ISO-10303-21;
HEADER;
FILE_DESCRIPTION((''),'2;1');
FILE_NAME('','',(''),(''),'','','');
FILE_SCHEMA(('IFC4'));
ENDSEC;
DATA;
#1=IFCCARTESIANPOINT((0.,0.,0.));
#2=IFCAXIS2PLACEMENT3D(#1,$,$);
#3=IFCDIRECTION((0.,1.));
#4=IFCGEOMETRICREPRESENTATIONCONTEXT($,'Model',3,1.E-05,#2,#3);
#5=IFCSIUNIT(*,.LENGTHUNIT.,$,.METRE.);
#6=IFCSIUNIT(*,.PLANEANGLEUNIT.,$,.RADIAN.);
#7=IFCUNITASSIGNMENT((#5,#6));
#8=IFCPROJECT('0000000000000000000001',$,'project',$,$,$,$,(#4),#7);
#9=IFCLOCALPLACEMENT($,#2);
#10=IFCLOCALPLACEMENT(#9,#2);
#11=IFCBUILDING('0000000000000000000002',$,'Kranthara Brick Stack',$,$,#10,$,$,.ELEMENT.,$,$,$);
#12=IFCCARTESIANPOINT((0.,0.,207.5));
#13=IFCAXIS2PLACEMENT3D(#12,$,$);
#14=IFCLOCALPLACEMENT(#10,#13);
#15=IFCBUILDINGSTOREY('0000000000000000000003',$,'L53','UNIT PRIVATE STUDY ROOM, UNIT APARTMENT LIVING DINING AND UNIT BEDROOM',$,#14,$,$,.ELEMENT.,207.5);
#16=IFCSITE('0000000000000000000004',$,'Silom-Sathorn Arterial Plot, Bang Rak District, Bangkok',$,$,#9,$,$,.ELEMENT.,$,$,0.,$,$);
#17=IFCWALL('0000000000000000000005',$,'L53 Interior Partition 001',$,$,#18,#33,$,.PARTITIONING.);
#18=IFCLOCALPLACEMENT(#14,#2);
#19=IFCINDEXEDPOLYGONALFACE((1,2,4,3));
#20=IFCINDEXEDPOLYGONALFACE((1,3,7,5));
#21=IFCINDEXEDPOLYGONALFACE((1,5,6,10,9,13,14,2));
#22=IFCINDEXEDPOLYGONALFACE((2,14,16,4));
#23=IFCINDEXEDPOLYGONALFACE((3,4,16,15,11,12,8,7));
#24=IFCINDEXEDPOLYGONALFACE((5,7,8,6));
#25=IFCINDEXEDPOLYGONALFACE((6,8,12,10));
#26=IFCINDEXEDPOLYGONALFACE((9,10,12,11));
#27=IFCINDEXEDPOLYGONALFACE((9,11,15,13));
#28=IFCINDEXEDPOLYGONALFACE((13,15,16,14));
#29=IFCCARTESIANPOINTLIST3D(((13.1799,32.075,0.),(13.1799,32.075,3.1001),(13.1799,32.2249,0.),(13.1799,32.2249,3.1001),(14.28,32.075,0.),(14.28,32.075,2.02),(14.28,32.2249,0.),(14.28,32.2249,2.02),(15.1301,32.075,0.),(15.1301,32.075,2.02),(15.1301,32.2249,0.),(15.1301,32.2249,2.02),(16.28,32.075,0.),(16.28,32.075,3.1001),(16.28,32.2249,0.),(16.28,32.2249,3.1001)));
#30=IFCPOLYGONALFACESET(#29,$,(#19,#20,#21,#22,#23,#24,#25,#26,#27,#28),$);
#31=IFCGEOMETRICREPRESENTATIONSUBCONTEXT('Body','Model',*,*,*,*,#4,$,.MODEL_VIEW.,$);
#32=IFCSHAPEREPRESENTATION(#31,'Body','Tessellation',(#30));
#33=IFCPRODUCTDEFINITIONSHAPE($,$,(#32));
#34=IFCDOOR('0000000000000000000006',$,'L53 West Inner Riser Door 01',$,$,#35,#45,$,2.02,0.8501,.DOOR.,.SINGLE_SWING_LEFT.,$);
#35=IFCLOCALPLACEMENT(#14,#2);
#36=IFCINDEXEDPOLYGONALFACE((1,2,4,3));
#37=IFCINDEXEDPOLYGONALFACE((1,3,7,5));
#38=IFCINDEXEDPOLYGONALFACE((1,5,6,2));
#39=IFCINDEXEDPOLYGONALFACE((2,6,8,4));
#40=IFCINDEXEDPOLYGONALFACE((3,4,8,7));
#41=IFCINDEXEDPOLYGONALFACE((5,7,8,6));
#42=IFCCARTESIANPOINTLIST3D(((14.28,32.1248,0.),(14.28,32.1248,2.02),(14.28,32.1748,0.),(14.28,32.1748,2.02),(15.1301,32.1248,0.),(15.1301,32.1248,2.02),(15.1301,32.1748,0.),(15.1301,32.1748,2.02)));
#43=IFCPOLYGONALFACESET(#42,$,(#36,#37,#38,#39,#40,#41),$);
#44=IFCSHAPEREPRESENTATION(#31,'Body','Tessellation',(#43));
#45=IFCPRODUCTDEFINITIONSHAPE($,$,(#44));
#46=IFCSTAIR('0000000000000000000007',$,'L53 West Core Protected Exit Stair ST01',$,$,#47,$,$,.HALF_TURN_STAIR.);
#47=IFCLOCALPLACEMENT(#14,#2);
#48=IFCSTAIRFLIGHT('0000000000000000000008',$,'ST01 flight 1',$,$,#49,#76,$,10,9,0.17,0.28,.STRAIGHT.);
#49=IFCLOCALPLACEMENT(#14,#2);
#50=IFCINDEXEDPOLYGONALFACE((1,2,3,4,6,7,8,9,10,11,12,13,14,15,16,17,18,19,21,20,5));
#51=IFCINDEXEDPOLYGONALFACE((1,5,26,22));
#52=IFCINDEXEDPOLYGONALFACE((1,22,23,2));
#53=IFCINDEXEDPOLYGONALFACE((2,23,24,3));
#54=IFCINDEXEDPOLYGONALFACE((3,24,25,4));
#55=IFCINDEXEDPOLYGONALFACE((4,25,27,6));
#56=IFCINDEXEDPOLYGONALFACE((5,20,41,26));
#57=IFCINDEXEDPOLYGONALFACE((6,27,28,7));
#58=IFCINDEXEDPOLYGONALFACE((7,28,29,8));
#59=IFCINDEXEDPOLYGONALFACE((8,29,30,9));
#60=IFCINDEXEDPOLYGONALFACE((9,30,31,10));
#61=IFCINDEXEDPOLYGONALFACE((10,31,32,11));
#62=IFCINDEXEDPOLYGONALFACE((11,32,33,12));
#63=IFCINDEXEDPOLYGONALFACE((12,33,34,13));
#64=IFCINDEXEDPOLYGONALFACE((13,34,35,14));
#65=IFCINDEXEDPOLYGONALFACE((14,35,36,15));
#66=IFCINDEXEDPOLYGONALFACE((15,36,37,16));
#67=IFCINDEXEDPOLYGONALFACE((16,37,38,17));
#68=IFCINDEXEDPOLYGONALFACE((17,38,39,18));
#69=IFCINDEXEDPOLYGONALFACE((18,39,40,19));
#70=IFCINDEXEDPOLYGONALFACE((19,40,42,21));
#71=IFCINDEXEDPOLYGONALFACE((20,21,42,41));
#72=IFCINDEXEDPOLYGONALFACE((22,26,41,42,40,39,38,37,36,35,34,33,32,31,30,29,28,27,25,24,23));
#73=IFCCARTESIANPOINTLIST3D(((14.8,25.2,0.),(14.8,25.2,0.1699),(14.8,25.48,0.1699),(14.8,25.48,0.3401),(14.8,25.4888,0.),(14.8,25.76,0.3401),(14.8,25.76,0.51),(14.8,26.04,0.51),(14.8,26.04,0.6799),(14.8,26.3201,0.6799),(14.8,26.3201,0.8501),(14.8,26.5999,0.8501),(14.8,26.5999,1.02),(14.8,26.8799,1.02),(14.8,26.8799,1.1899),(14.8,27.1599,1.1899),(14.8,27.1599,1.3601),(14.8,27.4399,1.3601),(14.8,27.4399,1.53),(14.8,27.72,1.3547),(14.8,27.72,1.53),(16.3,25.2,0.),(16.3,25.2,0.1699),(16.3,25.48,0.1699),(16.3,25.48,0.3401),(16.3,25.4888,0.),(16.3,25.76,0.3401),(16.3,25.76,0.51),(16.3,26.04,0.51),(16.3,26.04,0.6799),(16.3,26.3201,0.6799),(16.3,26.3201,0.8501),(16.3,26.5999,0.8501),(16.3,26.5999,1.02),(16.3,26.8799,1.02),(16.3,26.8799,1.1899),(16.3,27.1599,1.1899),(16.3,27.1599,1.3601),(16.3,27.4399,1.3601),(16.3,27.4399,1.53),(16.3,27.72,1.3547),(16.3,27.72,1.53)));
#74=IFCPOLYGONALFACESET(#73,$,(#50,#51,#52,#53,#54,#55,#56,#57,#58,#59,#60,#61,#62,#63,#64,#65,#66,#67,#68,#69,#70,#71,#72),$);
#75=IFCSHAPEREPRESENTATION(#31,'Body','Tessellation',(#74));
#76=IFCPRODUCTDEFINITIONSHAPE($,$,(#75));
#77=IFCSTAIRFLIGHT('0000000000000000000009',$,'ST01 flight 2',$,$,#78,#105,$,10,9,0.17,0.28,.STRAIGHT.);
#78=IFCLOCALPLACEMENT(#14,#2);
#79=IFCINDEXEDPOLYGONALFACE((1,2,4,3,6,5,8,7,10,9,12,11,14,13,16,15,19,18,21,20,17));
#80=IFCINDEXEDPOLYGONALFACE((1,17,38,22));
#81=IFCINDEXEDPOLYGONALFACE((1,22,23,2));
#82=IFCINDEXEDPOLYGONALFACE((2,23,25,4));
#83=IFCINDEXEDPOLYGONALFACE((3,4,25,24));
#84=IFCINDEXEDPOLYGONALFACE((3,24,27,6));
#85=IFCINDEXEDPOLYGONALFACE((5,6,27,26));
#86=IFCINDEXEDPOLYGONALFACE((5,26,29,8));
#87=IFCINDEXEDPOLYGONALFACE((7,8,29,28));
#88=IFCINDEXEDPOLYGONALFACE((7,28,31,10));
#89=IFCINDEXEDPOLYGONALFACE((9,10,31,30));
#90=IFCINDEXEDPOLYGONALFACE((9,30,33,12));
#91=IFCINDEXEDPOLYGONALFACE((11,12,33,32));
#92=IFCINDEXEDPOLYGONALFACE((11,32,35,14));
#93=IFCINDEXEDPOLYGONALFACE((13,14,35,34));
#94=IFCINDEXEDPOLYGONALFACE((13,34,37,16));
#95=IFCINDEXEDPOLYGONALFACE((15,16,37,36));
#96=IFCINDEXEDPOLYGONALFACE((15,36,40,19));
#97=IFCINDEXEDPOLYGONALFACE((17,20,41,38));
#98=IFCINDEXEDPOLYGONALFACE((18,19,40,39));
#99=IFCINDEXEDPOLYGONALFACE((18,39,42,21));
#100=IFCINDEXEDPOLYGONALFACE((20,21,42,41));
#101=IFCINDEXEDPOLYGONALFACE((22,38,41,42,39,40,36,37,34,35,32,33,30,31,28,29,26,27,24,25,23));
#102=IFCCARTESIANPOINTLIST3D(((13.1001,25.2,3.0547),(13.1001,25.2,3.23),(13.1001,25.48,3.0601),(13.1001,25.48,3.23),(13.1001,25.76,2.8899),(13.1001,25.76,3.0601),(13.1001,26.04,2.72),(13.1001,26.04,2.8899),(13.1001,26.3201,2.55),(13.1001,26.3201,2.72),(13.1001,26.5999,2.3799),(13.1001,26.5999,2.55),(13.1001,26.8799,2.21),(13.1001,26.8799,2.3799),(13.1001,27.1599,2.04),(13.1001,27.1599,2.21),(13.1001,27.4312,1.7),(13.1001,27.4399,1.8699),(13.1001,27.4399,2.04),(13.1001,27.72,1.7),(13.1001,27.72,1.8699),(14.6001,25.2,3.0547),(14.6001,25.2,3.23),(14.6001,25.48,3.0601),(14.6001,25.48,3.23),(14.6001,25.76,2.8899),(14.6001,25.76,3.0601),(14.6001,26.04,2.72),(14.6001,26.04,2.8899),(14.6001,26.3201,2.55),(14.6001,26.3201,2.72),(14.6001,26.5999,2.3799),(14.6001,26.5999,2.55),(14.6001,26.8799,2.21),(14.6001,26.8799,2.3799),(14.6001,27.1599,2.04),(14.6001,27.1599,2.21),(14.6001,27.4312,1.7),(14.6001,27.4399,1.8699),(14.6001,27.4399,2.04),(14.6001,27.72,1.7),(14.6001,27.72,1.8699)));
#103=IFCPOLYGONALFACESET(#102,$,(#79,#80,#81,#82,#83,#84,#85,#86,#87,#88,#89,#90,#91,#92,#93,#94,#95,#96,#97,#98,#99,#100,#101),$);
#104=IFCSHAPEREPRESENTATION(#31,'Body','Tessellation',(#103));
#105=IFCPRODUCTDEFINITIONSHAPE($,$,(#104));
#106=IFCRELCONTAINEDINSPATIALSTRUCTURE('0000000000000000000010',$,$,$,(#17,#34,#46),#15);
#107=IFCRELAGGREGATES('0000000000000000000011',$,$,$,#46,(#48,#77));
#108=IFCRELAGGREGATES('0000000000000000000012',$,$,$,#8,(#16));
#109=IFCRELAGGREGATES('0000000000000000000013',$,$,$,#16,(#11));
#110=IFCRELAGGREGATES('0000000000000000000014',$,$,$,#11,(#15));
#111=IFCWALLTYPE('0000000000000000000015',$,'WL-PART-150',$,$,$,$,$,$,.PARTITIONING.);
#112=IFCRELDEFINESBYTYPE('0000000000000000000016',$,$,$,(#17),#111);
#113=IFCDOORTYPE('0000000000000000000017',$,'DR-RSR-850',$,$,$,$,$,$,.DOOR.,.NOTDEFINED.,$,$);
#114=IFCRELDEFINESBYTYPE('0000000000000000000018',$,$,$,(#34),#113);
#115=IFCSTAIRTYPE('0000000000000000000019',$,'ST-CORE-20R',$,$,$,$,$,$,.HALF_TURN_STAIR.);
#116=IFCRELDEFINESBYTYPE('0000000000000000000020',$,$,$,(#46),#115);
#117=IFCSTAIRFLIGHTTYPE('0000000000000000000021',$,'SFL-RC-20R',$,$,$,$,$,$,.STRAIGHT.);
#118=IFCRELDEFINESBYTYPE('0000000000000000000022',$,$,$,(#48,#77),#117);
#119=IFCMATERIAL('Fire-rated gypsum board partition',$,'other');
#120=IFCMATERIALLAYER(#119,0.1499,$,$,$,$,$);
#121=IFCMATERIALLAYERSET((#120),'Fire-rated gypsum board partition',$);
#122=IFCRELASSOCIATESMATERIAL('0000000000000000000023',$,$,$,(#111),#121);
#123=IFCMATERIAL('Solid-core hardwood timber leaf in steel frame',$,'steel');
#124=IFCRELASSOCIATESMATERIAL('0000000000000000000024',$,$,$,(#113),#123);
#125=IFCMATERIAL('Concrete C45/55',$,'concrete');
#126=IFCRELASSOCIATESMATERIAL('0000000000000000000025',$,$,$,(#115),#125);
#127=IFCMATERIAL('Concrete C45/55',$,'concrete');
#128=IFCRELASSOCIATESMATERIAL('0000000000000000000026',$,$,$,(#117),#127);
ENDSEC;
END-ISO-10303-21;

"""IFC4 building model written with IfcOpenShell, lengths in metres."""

from ifc_helpers import new_model, si_unit, direction, frame, frame_2d, origin, place, context, subcontext, project, spatial, polyline, rectangle, outline, extrude, material, layer, layer_set, type_object, element, fill, aggregate, save


model = new_model("IFC4")

# Units and contexts
model_context = context("Model", 3, precision=1e-05, world=origin(), true_north=direction((0.0, 1.0)))
body_context = subcontext(model_context, "Body", "Model", "MODEL_VIEW")
ifc_project = project(units=[si_unit("LENGTHUNIT", "METRE"), si_unit("PLANEANGLEUNIT", "RADIAN")], contexts=[model_context])

# Site, building, storey
site_placement = place(None, origin())
site = spatial("IfcSite", under=ifc_project, at=site_placement, Name="Silom-Sathorn Arterial Plot, Bang Rak District, Bangkok", CompositionType="ELEMENT", RefElevation=0.0)
building_placement = place(site_placement, origin())
building = spatial("IfcBuilding", under=site, at=building_placement, Name="Kranthara Brick Stack", CompositionType="ELEMENT")
storey_placement = place(building_placement, frame((0.0, 0.0, 207.5)))
storey = spatial("IfcBuildingStorey", under=building, at=storey_placement, Name="L53", Description="UNIT PRIVATE STUDY ROOM, UNIT APARTMENT LIVING DINING AND UNIT BEDROOM", CompositionType="ELEMENT", Elevation=207.5)

# Wall, opening, door
ifc_material_1 = material(Name="Fire-rated gypsum board partition", Category="other")
ifc_layer_1 = layer(ifc_material_1, 0.1499)
ifc_layer_set_1 = layer_set([ifc_layer_1], Name="Fire-rated gypsum board partition")
wall_type_1 = type_object("IfcWallType", Name="WL-PART-150", PredefinedType="PARTITIONING", material=ifc_layer_set_1)
wall_1_placement = place(storey_placement, frame((13.1799, 32.1499, 0.0), z_axis=(0.0, 0.0, 1.0), x_axis=(1.0, 0.0, 0.0)))
wall_1 = element("IfcWall", 1, at=wall_1_placement, inside=storey, type_object=wall_type_1, Name="L53 Interior Partition 001", PredefinedType="PARTITIONING", context=body_context, shape_type="SweptSolid", body=[
    extrude(rectangle(XDim=3.1001, YDim=0.1499, at=frame_2d((1.55, 0.0))), origin(), (0.0, 0.0, 1.0), 3.1001),
])
opening_1_placement = place(wall_1_placement, frame((1.1001, 0.0, 0.0)))
opening_1 = element("IfcOpeningElement", 2, at=opening_1_placement, cuts=wall_1, PredefinedType="OPENING", context=body_context, shape_type="SweptSolid", body=[
    extrude(rectangle(XDim=0.8501, YDim=2.02, at=frame_2d((0.425, 1.01))), frame((0.0, 0.085, 0.0), z_axis=(0.0, -1.0, 0.0), x_axis=(1.0, 0.0, 0.0)), (0.0, 0.0, 1.0), 0.1699),
])
ifc_material_2 = material(Name="Solid-core hardwood timber leaf in steel frame", Category="steel")
door_type_1 = type_object("IfcDoorType", Name="DR-RSR-850", OperationType="NOTDEFINED", PredefinedType="DOOR", material=ifc_material_2)
door_1_placement = place(opening_1_placement, origin())
door_1 = element("IfcDoor", 3, at=door_1_placement, inside=storey, type_object=door_type_1, Name="L53 West Inner Riser Door 01", OperationType="SINGLE_SWING_LEFT", OverallHeight=2.02, OverallWidth=0.8501, PredefinedType="DOOR", context=body_context, shape_type="SweptSolid", body=[
    extrude(rectangle(XDim=0.8501, YDim=2.02, at=frame_2d((0.425, 1.01))), frame((0.0, 0.0249, 0.0), z_axis=(0.0, -1.0, 0.0), x_axis=(1.0, 0.0, 0.0)), (0.0, 0.0, 1.0), 0.05),
])
fill(opening_1, door_1)

# Stair, stair flights
ifc_material_3 = material(Name="Concrete C45/55", Category="concrete")
stair_type = type_object("IfcStairType", Name="ST-CORE-20R", PredefinedType="HALF_TURN_STAIR", material=ifc_material_3)
stair_placement = place(storey_placement, origin())
stair = element("IfcStair", 4, at=stair_placement, inside=storey, type_object=stair_type, Name="L53 West Core Protected Exit Stair ST01", PredefinedType="HALF_TURN_STAIR")
ifc_material_4 = material(Name="Concrete C45/55", Category="concrete")
stair_flight_type = type_object("IfcStairFlightType", Name="SFL-RC-20R", PredefinedType="STRAIGHT", material=ifc_material_4)
stair_flight_1_placement = place(storey_placement, frame((15.55, 25.2, 0.0), z_axis=(0.0, 0.0, 1.0), x_axis=(0.0, 1.0, 0.0)))
stair_flight_1 = element("IfcStairFlight", 5, at=stair_flight_1_placement, type_object=stair_flight_type, Name="ST01 flight 1", NumberOfRisers=10, NumberOfTreads=9, PredefinedType="STRAIGHT", RiserHeight=0.17, TreadLength=0.28, context=body_context, shape_type="SweptSolid", body=[
    extrude(outline(polyline([(0.0, 0.0), (0.0, 0.1699), (0.28, 0.1699), (0.28, 0.3401), (0.5601, 0.3401), (0.5601, 0.51), (0.8401, 0.51), (0.8401, 0.6799), (1.1201, 0.6799), (1.1201, 0.8501), (1.3999, 0.8501), (1.3999, 1.02), (1.6799, 1.02), (1.6799, 1.1899), (1.96, 1.1899), (1.96, 1.3601), (2.24, 1.3601), (2.24, 1.53), (2.52, 1.53), (2.52, 1.7), (2.52, 1.3547), (0.2888, 0.0), (0.0, 0.0)])), frame((0.0, 0.75, 0.0), z_axis=(0.0, -1.0, 0.0), x_axis=(1.0, 0.0, 0.0)), (0.0, 0.0, 1.0), 1.5),
])
stair_flight_2_placement = place(storey_placement, frame((13.8501, 27.72, 1.7), z_axis=(0.0, 0.0, 1.0), x_axis=(0.0, -1.0, 0.0)))
stair_flight_2 = element("IfcStairFlight", 6, at=stair_flight_2_placement, type_object=stair_flight_type, Name="ST01 flight 2", NumberOfRisers=10, NumberOfTreads=9, PredefinedType="STRAIGHT", RiserHeight=0.17, TreadLength=0.28, context=body_context, shape_type="SweptSolid", body=[
    extrude(outline(polyline([(0.0, 0.0), (0.0, 0.1699), (0.28, 0.1699), (0.28, 0.3401), (0.5601, 0.3401), (0.5601, 0.51), (0.8401, 0.51), (0.8401, 0.6799), (1.1201, 0.6799), (1.1201, 0.8501), (1.3999, 0.8501), (1.3999, 1.02), (1.6799, 1.02), (1.6799, 1.1899), (1.96, 1.1899), (1.96, 1.3601), (2.24, 1.3601), (2.24, 1.53), (2.52, 1.53), (2.52, 1.7), (2.52, 1.3547), (0.2888, 0.0), (0.0, 0.0)])), frame((0.0, 0.75, 0.0), z_axis=(0.0, -1.0, 0.0), x_axis=(1.0, 0.0, 0.0)), (0.0, 0.0, 1.0), 1.5),
])
aggregate(stair, [stair_flight_1, stair_flight_2])

save(model, "model.ifc")
